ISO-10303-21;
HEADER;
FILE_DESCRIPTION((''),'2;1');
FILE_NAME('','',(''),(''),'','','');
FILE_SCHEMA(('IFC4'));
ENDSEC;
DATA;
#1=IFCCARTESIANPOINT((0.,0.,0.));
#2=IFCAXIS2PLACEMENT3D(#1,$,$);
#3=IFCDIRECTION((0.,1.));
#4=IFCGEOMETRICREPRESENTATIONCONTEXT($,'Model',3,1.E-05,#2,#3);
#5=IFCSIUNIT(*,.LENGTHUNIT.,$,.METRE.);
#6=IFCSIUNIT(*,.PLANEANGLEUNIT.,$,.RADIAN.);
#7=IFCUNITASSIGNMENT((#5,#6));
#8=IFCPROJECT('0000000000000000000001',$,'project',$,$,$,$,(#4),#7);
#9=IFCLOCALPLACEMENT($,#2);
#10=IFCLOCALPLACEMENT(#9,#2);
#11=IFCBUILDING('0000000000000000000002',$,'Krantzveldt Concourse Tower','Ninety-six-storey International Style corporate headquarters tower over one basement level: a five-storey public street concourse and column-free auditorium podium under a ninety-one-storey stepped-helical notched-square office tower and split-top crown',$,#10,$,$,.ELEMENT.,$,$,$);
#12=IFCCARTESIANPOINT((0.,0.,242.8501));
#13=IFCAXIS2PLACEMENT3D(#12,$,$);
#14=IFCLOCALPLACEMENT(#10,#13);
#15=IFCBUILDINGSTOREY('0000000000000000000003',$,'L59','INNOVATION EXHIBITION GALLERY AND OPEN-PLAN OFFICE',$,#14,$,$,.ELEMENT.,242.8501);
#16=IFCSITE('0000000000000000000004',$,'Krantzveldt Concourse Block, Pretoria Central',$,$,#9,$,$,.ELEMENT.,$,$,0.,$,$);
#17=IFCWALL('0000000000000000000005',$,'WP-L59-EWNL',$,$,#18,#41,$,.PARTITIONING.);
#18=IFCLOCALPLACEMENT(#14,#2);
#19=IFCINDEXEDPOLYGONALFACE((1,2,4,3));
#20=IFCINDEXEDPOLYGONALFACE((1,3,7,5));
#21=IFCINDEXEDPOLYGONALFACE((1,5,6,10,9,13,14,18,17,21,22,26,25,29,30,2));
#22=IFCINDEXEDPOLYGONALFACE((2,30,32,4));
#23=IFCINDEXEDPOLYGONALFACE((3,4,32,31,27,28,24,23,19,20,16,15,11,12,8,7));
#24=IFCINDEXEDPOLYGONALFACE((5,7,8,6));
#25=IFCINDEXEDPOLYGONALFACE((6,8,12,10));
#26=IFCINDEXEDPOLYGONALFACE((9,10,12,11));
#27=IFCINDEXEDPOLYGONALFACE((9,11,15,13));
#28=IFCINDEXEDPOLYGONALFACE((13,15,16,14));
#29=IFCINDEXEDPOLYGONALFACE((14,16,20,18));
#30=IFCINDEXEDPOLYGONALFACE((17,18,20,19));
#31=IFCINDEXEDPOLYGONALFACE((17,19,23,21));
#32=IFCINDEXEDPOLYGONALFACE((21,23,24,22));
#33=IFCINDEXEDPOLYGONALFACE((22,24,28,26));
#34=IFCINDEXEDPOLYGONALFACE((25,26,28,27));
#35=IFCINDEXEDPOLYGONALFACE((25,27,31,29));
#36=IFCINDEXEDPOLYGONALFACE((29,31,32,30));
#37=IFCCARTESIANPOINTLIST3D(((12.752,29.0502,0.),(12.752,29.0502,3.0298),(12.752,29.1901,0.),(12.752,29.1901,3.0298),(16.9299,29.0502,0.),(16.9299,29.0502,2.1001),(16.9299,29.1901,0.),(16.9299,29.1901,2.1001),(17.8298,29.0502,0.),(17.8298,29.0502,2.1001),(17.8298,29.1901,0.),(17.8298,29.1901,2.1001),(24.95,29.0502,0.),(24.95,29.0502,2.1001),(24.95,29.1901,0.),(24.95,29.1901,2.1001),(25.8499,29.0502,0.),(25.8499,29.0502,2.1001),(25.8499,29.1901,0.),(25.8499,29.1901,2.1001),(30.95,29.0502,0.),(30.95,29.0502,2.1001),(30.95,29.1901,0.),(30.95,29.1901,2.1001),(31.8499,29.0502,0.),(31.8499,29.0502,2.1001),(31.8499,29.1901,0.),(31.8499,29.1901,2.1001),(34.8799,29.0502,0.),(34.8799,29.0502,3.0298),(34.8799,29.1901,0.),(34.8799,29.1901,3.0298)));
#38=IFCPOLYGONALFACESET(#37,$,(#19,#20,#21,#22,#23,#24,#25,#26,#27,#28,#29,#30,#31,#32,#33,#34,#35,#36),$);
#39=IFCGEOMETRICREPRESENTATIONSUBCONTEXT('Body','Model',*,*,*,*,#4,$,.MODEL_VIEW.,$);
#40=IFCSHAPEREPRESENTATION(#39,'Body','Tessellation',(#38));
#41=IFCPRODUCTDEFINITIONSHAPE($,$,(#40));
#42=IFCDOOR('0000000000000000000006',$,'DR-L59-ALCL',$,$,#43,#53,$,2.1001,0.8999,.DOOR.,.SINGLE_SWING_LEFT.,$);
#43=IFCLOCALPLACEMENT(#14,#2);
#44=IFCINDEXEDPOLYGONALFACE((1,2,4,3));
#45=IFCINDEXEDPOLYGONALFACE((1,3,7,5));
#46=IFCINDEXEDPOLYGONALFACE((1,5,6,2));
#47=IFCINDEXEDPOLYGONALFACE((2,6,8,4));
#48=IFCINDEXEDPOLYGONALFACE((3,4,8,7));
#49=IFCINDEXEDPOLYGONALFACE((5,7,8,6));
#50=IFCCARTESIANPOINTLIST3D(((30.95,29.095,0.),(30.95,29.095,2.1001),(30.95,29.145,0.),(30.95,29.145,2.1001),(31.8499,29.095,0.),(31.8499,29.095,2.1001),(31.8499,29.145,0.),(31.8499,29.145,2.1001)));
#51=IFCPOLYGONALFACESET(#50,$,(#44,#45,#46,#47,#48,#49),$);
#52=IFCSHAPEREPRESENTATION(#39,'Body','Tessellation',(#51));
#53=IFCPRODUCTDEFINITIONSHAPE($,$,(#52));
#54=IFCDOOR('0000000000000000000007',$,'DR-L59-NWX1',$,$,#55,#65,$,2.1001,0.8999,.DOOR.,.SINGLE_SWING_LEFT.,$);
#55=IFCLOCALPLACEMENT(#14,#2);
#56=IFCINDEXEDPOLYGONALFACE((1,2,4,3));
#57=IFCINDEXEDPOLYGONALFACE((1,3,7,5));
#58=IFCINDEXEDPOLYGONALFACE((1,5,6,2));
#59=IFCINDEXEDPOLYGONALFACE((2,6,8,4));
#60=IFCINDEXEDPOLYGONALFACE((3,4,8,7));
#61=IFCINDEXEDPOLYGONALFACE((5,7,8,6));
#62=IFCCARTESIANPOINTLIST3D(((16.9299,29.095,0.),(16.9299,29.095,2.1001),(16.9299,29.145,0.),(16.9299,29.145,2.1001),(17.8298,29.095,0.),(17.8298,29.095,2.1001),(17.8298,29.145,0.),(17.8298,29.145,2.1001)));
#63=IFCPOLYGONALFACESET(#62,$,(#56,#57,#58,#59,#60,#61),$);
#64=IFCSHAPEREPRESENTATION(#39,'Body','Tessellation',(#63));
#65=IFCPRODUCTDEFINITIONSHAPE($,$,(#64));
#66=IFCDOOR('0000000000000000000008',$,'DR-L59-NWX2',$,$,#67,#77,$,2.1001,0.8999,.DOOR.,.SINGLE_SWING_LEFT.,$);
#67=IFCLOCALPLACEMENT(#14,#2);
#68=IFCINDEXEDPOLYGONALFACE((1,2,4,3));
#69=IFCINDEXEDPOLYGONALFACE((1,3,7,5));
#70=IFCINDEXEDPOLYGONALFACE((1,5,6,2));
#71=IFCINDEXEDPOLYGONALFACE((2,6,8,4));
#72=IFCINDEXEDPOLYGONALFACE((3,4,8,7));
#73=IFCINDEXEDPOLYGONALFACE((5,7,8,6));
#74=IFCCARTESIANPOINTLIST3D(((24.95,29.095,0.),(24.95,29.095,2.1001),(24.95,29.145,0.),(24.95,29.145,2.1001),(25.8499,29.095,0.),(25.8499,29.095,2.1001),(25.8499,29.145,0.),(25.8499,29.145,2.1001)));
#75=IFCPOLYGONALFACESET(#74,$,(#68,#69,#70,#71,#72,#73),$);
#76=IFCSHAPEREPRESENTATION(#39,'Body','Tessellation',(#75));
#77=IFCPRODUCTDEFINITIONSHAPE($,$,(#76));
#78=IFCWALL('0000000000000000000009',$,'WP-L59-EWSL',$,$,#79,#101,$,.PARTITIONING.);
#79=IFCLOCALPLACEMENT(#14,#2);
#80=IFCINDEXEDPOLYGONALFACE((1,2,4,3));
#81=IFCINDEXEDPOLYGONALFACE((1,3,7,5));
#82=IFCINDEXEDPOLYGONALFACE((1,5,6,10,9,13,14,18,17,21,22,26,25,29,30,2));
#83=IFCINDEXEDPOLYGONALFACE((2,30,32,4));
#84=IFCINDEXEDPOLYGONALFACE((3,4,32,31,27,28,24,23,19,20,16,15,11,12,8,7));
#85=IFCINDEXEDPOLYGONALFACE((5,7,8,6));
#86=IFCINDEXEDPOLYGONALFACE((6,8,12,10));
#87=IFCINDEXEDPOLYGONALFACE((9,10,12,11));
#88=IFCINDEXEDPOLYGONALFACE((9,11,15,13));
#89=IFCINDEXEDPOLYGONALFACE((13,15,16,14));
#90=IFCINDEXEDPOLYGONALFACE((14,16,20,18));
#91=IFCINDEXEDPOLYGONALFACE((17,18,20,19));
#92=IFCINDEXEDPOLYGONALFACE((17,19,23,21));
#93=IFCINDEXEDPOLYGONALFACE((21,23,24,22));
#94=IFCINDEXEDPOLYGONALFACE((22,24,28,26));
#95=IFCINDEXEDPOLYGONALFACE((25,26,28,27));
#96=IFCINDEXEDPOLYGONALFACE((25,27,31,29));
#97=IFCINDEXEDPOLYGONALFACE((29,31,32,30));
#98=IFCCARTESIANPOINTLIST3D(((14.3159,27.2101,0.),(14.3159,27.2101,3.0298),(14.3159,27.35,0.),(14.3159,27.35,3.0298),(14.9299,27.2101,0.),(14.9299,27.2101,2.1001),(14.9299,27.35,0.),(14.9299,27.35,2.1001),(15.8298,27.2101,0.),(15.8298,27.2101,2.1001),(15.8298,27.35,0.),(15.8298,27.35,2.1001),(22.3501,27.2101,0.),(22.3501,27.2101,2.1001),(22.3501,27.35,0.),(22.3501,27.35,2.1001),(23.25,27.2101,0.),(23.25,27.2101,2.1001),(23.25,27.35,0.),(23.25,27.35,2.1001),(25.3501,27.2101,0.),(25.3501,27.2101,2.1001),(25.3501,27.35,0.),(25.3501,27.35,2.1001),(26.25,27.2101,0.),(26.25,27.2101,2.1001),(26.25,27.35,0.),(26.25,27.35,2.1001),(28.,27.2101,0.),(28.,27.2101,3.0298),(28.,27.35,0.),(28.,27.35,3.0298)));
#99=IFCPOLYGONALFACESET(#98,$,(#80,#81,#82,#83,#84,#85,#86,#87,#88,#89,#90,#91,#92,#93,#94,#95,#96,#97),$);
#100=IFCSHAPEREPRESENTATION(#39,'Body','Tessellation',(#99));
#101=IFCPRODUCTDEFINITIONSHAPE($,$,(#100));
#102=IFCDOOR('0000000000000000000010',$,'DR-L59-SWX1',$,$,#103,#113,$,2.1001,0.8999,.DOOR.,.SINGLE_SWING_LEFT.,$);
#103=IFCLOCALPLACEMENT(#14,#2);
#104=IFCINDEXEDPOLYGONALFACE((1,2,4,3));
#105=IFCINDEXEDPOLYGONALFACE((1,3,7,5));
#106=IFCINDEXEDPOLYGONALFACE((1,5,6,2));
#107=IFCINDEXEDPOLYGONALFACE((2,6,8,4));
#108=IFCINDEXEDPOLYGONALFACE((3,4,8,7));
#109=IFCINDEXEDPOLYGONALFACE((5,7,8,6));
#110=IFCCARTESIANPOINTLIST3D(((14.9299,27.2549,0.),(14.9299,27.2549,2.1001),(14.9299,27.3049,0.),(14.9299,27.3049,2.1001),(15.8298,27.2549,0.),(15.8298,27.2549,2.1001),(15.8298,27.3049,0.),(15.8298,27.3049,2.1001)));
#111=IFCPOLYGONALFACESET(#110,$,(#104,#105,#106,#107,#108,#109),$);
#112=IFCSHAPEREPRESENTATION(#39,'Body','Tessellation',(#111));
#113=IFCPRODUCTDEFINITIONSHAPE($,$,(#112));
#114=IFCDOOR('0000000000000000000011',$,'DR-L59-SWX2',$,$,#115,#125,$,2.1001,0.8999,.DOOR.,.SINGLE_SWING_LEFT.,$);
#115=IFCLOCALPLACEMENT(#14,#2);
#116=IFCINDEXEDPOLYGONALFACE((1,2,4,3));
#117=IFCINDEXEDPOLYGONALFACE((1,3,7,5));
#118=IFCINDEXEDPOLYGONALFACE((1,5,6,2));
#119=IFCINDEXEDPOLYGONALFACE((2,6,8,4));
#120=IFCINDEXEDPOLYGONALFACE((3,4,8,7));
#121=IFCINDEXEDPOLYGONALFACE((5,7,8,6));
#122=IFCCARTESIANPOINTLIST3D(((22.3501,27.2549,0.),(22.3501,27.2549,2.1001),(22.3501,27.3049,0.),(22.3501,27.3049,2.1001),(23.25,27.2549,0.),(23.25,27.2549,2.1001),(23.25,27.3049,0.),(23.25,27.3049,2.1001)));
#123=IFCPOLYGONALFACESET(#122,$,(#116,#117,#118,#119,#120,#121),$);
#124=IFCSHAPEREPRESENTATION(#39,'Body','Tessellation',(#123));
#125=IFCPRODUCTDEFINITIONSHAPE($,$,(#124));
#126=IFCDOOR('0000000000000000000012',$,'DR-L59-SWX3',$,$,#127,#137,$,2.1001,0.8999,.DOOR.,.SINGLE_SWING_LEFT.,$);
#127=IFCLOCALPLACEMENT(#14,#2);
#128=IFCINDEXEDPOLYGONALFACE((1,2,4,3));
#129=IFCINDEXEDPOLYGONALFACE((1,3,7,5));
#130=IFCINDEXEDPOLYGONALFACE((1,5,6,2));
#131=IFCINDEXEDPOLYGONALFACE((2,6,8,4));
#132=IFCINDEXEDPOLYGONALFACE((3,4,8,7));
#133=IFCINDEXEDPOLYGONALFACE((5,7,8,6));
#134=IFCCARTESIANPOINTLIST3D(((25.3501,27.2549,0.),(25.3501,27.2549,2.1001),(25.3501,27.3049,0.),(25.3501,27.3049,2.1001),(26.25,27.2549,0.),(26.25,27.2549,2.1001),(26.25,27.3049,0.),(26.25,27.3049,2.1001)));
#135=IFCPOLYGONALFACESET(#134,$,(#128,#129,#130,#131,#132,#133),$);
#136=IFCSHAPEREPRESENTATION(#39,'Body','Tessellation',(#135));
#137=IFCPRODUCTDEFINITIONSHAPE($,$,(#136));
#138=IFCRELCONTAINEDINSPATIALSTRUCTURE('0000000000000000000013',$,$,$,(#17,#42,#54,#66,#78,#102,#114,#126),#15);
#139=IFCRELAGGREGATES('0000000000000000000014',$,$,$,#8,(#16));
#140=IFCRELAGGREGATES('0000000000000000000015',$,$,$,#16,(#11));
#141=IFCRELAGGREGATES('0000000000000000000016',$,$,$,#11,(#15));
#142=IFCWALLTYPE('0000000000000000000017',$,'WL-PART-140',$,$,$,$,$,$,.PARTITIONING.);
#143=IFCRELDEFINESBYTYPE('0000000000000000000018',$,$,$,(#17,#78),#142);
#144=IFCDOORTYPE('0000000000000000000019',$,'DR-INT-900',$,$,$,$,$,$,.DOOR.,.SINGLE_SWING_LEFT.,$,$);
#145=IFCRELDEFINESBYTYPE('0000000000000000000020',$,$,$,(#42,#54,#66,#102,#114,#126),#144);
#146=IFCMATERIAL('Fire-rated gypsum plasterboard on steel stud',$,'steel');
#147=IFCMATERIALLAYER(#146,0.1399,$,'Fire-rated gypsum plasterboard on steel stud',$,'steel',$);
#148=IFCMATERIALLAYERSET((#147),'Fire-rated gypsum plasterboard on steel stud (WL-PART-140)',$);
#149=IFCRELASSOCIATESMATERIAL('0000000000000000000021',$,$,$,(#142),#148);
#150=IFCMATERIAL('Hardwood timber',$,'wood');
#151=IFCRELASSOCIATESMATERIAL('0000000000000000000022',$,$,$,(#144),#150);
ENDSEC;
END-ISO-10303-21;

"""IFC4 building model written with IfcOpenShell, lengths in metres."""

from ifc_helpers import new_model, si_unit, direction, frame, frame_2d, origin, place, context, subcontext, project, spatial, rectangle, extrude, material, layer, layer_set, type_object, element, fill, save


model = new_model("IFC4")

# Units and contexts
model_context = context("Model", 3, precision=1e-05, world=origin(), true_north=direction((0.0, 1.0)))
body_context = subcontext(model_context, "Body", "Model", "MODEL_VIEW")
ifc_project = project(units=[si_unit("LENGTHUNIT", "METRE"), si_unit("PLANEANGLEUNIT", "RADIAN")], contexts=[model_context])

# Site, building, storey
site_placement = place(None, origin())
site = spatial("IfcSite", under=ifc_project, at=site_placement, Name="Krantzveldt Concourse Block, Pretoria Central", CompositionType="ELEMENT", RefElevation=0.0)
building_placement = place(site_placement, origin())
building = spatial("IfcBuilding", under=site, at=building_placement, Name="Krantzveldt Concourse Tower", Description="Ninety-six-storey International Style corporate headquarters tower over one basement level: a five-storey public street concourse and column-free auditorium podium under a ninety-one-storey stepped-helical notched-square office tower and split-top crown", CompositionType="ELEMENT")
storey_placement = place(building_placement, frame((0.0, 0.0, 242.8501)))
storey = spatial("IfcBuildingStorey", under=building, at=storey_placement, Name="L59", Description="INNOVATION EXHIBITION GALLERY AND OPEN-PLAN OFFICE", CompositionType="ELEMENT", Elevation=242.8501)

# Walls, openings, doors
ifc_material_1 = material(Name="Fire-rated gypsum plasterboard on steel stud", Category="steel")
ifc_layer_1 = layer(ifc_material_1, 0.1399, Name="Fire-rated gypsum plasterboard on steel stud", Category="steel")
ifc_layer_set_1 = layer_set([ifc_layer_1], Name="Fire-rated gypsum plasterboard on steel stud (WL-PART-140)")
wall_type_1 = type_object("IfcWallType", Name="WL-PART-140", PredefinedType="PARTITIONING", material=ifc_layer_set_1)
wall_1_placement = place(storey_placement, frame((12.752, 29.1201, 0.0), z_axis=(0.0, 0.0, 1.0), x_axis=(1.0, 0.0, 0.0)))
wall_1 = element("IfcWall", 1, at=wall_1_placement, inside=storey, type_object=wall_type_1, Name="WP-L59-EWNL", PredefinedType="PARTITIONING", context=body_context, shape_type="SweptSolid", body=[
    extrude(rectangle(XDim=22.1279, YDim=0.1399, at=frame_2d((11.064, 0.0))), origin(), (0.0, 0.0, 1.0), 3.0298),
])
opening_1_placement = place(wall_1_placement, frame((18.198, 0.0, 0.0)))
opening_1 = element("IfcOpeningElement", 2, at=opening_1_placement, cuts=wall_1, PredefinedType="OPENING", context=body_context, shape_type="SweptSolid", body=[
    extrude(rectangle(XDim=0.8999, YDim=2.1001, at=frame_2d((0.45, 1.05))), frame((0.0, 0.0801, 0.0), z_axis=(0.0, -1.0, 0.0), x_axis=(1.0, 0.0, 0.0)), (0.0, 0.0, 1.0), 0.1599),
])
opening_2_placement = place(wall_1_placement, frame((4.178, 0.0, 0.0)))
opening_2 = element("IfcOpeningElement", 3, at=opening_2_placement, cuts=wall_1, PredefinedType="OPENING", context=body_context, shape_type="SweptSolid", body=[
    extrude(rectangle(XDim=0.8999, YDim=2.1001, at=frame_2d((0.45, 1.05))), frame((0.0, 0.0801, 0.0), z_axis=(0.0, -1.0, 0.0), x_axis=(1.0, 0.0, 0.0)), (0.0, 0.0, 1.0), 0.1599),
])
opening_3_placement = place(wall_1_placement, frame((12.198, 0.0, 0.0)))
opening_3 = element("IfcOpeningElement", 4, at=opening_3_placement, cuts=wall_1, PredefinedType="OPENING", context=body_context, shape_type="SweptSolid", body=[
    extrude(rectangle(XDim=0.8999, YDim=2.1001, at=frame_2d((0.45, 1.05))), frame((0.0, 0.0801, 0.0), z_axis=(0.0, -1.0, 0.0), x_axis=(1.0, 0.0, 0.0)), (0.0, 0.0, 1.0), 0.1599),
])
ifc_material_2 = material(Name="Hardwood timber", Category="wood")
door_type = type_object("IfcDoorType", Name="DR-INT-900", OperationType="SINGLE_SWING_LEFT", PredefinedType="DOOR", material=ifc_material_2)
door_1_placement = place(opening_1_placement, origin())
door_1 = element("IfcDoor", 5, at=door_1_placement, inside=storey, type_object=door_type, Name="DR-L59-ALCL", OperationType="SINGLE_SWING_LEFT", OverallHeight=2.1001, OverallWidth=0.8999, PredefinedType="DOOR", context=body_context, shape_type="SweptSolid", body=[
    extrude(rectangle(XDim=0.8999, YDim=2.1001, at=frame_2d((0.45, 1.05))), frame((0.0, 0.0249, 0.0), z_axis=(0.0, -1.0, 0.0), x_axis=(1.0, 0.0, 0.0)), (0.0, 0.0, 1.0), 0.05),
])
fill(opening_1, door_1)
door_2_placement = place(opening_2_placement, origin())
door_2 = element("IfcDoor", 6, at=door_2_placement, inside=storey, type_object=door_type, Name="DR-L59-NWX1", OperationType="SINGLE_SWING_LEFT", OverallHeight=2.1001, OverallWidth=0.8999, PredefinedType="DOOR", context=body_context, shape_type="SweptSolid", body=[
    extrude(rectangle(XDim=0.8999, YDim=2.1001, at=frame_2d((0.45, 1.05))), frame((0.0, 0.0249, 0.0), z_axis=(0.0, -1.0, 0.0), x_axis=(1.0, 0.0, 0.0)), (0.0, 0.0, 1.0), 0.05),
])
fill(opening_2, door_2)
door_3_placement = place(opening_3_placement, origin())
door_3 = element("IfcDoor", 7, at=door_3_placement, inside=storey, type_object=door_type, Name="DR-L59-NWX2", OperationType="SINGLE_SWING_LEFT", OverallHeight=2.1001, OverallWidth=0.8999, PredefinedType="DOOR", context=body_context, shape_type="SweptSolid", body=[
    extrude(rectangle(XDim=0.8999, YDim=2.1001, at=frame_2d((0.45, 1.05))), frame((0.0, 0.0249, 0.0), z_axis=(0.0, -1.0, 0.0), x_axis=(1.0, 0.0, 0.0)), (0.0, 0.0, 1.0), 0.05),
])
fill(opening_3, door_3)
wall_2_placement = place(storey_placement, frame((14.3159, 27.28, 0.0), z_axis=(0.0, 0.0, 1.0), x_axis=(1.0, 0.0, 0.0)))
wall_2 = element("IfcWall", 8, at=wall_2_placement, inside=storey, type_object=wall_type_1, Name="WP-L59-EWSL", PredefinedType="PARTITIONING", context=body_context, shape_type="SweptSolid", body=[
    extrude(rectangle(XDim=13.6841, YDim=0.1399, at=frame_2d((6.842, 0.0))), origin(), (0.0, 0.0, 1.0), 3.0298),
])
opening_4_placement = place(wall_2_placement, frame((0.614, 0.0, 0.0)))
opening_4 = element("IfcOpeningElement", 9, at=opening_4_placement, cuts=wall_2, PredefinedType="OPENING", context=body_context, shape_type="SweptSolid", body=[
    extrude(rectangle(XDim=0.8999, YDim=2.1001, at=frame_2d((0.45, 1.05))), frame((0.0, 0.0801, 0.0), z_axis=(0.0, -1.0, 0.0), x_axis=(1.0, 0.0, 0.0)), (0.0, 0.0, 1.0), 0.1599),
])
opening_5_placement = place(wall_2_placement, frame((8.0342, 0.0, 0.0)))
opening_5 = element("IfcOpeningElement", 10, at=opening_5_placement, cuts=wall_2, PredefinedType="OPENING", context=body_context, shape_type="SweptSolid", body=[
    extrude(rectangle(XDim=0.8999, YDim=2.1001, at=frame_2d((0.45, 1.05))), frame((0.0, 0.0801, 0.0), z_axis=(0.0, -1.0, 0.0), x_axis=(1.0, 0.0, 0.0)), (0.0, 0.0, 1.0), 0.1599),
])
opening_6_placement = place(wall_2_placement, frame((11.0342, 0.0, 0.0)))
opening_6 = element("IfcOpeningElement", 11, at=opening_6_placement, cuts=wall_2, PredefinedType="OPENING", context=body_context, shape_type="SweptSolid", body=[
    extrude(rectangle(XDim=0.8999, YDim=2.1001, at=frame_2d((0.45, 1.05))), frame((0.0, 0.0801, 0.0), z_axis=(0.0, -1.0, 0.0), x_axis=(1.0, 0.0, 0.0)), (0.0, 0.0, 1.0), 0.1599),
])
door_4_placement = place(opening_4_placement, origin())
door_4 = element("IfcDoor", 12, at=door_4_placement, inside=storey, type_object=door_type, Name="DR-L59-SWX1", OperationType="SINGLE_SWING_LEFT", OverallHeight=2.1001, OverallWidth=0.8999, PredefinedType="DOOR", context=body_context, shape_type="SweptSolid", body=[
    extrude(rectangle(XDim=0.8999, YDim=2.1001, at=frame_2d((0.45, 1.05))), frame((0.0, 0.0249, 0.0), z_axis=(0.0, -1.0, 0.0), x_axis=(1.0, 0.0, 0.0)), (0.0, 0.0, 1.0), 0.05),
])
fill(opening_4, door_4)
door_5_placement = place(opening_5_placement, origin())
door_5 = element("IfcDoor", 13, at=door_5_placement, inside=storey, type_object=door_type, Name="DR-L59-SWX2", OperationType="SINGLE_SWING_LEFT", OverallHeight=2.1001, OverallWidth=0.8999, PredefinedType="DOOR", context=body_context, shape_type="SweptSolid", body=[
    extrude(rectangle(XDim=0.8999, YDim=2.1001, at=frame_2d((0.45, 1.05))), frame((0.0, 0.0249, 0.0), z_axis=(0.0, -1.0, 0.0), x_axis=(1.0, 0.0, 0.0)), (0.0, 0.0, 1.0), 0.05),
])
fill(opening_5, door_5)
door_6_placement = place(opening_6_placement, origin())
door_6 = element("IfcDoor", 14, at=door_6_placement, inside=storey, type_object=door_type, Name="DR-L59-SWX3", OperationType="SINGLE_SWING_LEFT", OverallHeight=2.1001, OverallWidth=0.8999, PredefinedType="DOOR", context=body_context, shape_type="SweptSolid", body=[
    extrude(rectangle(XDim=0.8999, YDim=2.1001, at=frame_2d((0.45, 1.05))), frame((0.0, 0.0249, 0.0), z_axis=(0.0, -1.0, 0.0), x_axis=(1.0, 0.0, 0.0)), (0.0, 0.0, 1.0), 0.05),
])
fill(opening_6, door_6)

save(model, "model.ifc")
